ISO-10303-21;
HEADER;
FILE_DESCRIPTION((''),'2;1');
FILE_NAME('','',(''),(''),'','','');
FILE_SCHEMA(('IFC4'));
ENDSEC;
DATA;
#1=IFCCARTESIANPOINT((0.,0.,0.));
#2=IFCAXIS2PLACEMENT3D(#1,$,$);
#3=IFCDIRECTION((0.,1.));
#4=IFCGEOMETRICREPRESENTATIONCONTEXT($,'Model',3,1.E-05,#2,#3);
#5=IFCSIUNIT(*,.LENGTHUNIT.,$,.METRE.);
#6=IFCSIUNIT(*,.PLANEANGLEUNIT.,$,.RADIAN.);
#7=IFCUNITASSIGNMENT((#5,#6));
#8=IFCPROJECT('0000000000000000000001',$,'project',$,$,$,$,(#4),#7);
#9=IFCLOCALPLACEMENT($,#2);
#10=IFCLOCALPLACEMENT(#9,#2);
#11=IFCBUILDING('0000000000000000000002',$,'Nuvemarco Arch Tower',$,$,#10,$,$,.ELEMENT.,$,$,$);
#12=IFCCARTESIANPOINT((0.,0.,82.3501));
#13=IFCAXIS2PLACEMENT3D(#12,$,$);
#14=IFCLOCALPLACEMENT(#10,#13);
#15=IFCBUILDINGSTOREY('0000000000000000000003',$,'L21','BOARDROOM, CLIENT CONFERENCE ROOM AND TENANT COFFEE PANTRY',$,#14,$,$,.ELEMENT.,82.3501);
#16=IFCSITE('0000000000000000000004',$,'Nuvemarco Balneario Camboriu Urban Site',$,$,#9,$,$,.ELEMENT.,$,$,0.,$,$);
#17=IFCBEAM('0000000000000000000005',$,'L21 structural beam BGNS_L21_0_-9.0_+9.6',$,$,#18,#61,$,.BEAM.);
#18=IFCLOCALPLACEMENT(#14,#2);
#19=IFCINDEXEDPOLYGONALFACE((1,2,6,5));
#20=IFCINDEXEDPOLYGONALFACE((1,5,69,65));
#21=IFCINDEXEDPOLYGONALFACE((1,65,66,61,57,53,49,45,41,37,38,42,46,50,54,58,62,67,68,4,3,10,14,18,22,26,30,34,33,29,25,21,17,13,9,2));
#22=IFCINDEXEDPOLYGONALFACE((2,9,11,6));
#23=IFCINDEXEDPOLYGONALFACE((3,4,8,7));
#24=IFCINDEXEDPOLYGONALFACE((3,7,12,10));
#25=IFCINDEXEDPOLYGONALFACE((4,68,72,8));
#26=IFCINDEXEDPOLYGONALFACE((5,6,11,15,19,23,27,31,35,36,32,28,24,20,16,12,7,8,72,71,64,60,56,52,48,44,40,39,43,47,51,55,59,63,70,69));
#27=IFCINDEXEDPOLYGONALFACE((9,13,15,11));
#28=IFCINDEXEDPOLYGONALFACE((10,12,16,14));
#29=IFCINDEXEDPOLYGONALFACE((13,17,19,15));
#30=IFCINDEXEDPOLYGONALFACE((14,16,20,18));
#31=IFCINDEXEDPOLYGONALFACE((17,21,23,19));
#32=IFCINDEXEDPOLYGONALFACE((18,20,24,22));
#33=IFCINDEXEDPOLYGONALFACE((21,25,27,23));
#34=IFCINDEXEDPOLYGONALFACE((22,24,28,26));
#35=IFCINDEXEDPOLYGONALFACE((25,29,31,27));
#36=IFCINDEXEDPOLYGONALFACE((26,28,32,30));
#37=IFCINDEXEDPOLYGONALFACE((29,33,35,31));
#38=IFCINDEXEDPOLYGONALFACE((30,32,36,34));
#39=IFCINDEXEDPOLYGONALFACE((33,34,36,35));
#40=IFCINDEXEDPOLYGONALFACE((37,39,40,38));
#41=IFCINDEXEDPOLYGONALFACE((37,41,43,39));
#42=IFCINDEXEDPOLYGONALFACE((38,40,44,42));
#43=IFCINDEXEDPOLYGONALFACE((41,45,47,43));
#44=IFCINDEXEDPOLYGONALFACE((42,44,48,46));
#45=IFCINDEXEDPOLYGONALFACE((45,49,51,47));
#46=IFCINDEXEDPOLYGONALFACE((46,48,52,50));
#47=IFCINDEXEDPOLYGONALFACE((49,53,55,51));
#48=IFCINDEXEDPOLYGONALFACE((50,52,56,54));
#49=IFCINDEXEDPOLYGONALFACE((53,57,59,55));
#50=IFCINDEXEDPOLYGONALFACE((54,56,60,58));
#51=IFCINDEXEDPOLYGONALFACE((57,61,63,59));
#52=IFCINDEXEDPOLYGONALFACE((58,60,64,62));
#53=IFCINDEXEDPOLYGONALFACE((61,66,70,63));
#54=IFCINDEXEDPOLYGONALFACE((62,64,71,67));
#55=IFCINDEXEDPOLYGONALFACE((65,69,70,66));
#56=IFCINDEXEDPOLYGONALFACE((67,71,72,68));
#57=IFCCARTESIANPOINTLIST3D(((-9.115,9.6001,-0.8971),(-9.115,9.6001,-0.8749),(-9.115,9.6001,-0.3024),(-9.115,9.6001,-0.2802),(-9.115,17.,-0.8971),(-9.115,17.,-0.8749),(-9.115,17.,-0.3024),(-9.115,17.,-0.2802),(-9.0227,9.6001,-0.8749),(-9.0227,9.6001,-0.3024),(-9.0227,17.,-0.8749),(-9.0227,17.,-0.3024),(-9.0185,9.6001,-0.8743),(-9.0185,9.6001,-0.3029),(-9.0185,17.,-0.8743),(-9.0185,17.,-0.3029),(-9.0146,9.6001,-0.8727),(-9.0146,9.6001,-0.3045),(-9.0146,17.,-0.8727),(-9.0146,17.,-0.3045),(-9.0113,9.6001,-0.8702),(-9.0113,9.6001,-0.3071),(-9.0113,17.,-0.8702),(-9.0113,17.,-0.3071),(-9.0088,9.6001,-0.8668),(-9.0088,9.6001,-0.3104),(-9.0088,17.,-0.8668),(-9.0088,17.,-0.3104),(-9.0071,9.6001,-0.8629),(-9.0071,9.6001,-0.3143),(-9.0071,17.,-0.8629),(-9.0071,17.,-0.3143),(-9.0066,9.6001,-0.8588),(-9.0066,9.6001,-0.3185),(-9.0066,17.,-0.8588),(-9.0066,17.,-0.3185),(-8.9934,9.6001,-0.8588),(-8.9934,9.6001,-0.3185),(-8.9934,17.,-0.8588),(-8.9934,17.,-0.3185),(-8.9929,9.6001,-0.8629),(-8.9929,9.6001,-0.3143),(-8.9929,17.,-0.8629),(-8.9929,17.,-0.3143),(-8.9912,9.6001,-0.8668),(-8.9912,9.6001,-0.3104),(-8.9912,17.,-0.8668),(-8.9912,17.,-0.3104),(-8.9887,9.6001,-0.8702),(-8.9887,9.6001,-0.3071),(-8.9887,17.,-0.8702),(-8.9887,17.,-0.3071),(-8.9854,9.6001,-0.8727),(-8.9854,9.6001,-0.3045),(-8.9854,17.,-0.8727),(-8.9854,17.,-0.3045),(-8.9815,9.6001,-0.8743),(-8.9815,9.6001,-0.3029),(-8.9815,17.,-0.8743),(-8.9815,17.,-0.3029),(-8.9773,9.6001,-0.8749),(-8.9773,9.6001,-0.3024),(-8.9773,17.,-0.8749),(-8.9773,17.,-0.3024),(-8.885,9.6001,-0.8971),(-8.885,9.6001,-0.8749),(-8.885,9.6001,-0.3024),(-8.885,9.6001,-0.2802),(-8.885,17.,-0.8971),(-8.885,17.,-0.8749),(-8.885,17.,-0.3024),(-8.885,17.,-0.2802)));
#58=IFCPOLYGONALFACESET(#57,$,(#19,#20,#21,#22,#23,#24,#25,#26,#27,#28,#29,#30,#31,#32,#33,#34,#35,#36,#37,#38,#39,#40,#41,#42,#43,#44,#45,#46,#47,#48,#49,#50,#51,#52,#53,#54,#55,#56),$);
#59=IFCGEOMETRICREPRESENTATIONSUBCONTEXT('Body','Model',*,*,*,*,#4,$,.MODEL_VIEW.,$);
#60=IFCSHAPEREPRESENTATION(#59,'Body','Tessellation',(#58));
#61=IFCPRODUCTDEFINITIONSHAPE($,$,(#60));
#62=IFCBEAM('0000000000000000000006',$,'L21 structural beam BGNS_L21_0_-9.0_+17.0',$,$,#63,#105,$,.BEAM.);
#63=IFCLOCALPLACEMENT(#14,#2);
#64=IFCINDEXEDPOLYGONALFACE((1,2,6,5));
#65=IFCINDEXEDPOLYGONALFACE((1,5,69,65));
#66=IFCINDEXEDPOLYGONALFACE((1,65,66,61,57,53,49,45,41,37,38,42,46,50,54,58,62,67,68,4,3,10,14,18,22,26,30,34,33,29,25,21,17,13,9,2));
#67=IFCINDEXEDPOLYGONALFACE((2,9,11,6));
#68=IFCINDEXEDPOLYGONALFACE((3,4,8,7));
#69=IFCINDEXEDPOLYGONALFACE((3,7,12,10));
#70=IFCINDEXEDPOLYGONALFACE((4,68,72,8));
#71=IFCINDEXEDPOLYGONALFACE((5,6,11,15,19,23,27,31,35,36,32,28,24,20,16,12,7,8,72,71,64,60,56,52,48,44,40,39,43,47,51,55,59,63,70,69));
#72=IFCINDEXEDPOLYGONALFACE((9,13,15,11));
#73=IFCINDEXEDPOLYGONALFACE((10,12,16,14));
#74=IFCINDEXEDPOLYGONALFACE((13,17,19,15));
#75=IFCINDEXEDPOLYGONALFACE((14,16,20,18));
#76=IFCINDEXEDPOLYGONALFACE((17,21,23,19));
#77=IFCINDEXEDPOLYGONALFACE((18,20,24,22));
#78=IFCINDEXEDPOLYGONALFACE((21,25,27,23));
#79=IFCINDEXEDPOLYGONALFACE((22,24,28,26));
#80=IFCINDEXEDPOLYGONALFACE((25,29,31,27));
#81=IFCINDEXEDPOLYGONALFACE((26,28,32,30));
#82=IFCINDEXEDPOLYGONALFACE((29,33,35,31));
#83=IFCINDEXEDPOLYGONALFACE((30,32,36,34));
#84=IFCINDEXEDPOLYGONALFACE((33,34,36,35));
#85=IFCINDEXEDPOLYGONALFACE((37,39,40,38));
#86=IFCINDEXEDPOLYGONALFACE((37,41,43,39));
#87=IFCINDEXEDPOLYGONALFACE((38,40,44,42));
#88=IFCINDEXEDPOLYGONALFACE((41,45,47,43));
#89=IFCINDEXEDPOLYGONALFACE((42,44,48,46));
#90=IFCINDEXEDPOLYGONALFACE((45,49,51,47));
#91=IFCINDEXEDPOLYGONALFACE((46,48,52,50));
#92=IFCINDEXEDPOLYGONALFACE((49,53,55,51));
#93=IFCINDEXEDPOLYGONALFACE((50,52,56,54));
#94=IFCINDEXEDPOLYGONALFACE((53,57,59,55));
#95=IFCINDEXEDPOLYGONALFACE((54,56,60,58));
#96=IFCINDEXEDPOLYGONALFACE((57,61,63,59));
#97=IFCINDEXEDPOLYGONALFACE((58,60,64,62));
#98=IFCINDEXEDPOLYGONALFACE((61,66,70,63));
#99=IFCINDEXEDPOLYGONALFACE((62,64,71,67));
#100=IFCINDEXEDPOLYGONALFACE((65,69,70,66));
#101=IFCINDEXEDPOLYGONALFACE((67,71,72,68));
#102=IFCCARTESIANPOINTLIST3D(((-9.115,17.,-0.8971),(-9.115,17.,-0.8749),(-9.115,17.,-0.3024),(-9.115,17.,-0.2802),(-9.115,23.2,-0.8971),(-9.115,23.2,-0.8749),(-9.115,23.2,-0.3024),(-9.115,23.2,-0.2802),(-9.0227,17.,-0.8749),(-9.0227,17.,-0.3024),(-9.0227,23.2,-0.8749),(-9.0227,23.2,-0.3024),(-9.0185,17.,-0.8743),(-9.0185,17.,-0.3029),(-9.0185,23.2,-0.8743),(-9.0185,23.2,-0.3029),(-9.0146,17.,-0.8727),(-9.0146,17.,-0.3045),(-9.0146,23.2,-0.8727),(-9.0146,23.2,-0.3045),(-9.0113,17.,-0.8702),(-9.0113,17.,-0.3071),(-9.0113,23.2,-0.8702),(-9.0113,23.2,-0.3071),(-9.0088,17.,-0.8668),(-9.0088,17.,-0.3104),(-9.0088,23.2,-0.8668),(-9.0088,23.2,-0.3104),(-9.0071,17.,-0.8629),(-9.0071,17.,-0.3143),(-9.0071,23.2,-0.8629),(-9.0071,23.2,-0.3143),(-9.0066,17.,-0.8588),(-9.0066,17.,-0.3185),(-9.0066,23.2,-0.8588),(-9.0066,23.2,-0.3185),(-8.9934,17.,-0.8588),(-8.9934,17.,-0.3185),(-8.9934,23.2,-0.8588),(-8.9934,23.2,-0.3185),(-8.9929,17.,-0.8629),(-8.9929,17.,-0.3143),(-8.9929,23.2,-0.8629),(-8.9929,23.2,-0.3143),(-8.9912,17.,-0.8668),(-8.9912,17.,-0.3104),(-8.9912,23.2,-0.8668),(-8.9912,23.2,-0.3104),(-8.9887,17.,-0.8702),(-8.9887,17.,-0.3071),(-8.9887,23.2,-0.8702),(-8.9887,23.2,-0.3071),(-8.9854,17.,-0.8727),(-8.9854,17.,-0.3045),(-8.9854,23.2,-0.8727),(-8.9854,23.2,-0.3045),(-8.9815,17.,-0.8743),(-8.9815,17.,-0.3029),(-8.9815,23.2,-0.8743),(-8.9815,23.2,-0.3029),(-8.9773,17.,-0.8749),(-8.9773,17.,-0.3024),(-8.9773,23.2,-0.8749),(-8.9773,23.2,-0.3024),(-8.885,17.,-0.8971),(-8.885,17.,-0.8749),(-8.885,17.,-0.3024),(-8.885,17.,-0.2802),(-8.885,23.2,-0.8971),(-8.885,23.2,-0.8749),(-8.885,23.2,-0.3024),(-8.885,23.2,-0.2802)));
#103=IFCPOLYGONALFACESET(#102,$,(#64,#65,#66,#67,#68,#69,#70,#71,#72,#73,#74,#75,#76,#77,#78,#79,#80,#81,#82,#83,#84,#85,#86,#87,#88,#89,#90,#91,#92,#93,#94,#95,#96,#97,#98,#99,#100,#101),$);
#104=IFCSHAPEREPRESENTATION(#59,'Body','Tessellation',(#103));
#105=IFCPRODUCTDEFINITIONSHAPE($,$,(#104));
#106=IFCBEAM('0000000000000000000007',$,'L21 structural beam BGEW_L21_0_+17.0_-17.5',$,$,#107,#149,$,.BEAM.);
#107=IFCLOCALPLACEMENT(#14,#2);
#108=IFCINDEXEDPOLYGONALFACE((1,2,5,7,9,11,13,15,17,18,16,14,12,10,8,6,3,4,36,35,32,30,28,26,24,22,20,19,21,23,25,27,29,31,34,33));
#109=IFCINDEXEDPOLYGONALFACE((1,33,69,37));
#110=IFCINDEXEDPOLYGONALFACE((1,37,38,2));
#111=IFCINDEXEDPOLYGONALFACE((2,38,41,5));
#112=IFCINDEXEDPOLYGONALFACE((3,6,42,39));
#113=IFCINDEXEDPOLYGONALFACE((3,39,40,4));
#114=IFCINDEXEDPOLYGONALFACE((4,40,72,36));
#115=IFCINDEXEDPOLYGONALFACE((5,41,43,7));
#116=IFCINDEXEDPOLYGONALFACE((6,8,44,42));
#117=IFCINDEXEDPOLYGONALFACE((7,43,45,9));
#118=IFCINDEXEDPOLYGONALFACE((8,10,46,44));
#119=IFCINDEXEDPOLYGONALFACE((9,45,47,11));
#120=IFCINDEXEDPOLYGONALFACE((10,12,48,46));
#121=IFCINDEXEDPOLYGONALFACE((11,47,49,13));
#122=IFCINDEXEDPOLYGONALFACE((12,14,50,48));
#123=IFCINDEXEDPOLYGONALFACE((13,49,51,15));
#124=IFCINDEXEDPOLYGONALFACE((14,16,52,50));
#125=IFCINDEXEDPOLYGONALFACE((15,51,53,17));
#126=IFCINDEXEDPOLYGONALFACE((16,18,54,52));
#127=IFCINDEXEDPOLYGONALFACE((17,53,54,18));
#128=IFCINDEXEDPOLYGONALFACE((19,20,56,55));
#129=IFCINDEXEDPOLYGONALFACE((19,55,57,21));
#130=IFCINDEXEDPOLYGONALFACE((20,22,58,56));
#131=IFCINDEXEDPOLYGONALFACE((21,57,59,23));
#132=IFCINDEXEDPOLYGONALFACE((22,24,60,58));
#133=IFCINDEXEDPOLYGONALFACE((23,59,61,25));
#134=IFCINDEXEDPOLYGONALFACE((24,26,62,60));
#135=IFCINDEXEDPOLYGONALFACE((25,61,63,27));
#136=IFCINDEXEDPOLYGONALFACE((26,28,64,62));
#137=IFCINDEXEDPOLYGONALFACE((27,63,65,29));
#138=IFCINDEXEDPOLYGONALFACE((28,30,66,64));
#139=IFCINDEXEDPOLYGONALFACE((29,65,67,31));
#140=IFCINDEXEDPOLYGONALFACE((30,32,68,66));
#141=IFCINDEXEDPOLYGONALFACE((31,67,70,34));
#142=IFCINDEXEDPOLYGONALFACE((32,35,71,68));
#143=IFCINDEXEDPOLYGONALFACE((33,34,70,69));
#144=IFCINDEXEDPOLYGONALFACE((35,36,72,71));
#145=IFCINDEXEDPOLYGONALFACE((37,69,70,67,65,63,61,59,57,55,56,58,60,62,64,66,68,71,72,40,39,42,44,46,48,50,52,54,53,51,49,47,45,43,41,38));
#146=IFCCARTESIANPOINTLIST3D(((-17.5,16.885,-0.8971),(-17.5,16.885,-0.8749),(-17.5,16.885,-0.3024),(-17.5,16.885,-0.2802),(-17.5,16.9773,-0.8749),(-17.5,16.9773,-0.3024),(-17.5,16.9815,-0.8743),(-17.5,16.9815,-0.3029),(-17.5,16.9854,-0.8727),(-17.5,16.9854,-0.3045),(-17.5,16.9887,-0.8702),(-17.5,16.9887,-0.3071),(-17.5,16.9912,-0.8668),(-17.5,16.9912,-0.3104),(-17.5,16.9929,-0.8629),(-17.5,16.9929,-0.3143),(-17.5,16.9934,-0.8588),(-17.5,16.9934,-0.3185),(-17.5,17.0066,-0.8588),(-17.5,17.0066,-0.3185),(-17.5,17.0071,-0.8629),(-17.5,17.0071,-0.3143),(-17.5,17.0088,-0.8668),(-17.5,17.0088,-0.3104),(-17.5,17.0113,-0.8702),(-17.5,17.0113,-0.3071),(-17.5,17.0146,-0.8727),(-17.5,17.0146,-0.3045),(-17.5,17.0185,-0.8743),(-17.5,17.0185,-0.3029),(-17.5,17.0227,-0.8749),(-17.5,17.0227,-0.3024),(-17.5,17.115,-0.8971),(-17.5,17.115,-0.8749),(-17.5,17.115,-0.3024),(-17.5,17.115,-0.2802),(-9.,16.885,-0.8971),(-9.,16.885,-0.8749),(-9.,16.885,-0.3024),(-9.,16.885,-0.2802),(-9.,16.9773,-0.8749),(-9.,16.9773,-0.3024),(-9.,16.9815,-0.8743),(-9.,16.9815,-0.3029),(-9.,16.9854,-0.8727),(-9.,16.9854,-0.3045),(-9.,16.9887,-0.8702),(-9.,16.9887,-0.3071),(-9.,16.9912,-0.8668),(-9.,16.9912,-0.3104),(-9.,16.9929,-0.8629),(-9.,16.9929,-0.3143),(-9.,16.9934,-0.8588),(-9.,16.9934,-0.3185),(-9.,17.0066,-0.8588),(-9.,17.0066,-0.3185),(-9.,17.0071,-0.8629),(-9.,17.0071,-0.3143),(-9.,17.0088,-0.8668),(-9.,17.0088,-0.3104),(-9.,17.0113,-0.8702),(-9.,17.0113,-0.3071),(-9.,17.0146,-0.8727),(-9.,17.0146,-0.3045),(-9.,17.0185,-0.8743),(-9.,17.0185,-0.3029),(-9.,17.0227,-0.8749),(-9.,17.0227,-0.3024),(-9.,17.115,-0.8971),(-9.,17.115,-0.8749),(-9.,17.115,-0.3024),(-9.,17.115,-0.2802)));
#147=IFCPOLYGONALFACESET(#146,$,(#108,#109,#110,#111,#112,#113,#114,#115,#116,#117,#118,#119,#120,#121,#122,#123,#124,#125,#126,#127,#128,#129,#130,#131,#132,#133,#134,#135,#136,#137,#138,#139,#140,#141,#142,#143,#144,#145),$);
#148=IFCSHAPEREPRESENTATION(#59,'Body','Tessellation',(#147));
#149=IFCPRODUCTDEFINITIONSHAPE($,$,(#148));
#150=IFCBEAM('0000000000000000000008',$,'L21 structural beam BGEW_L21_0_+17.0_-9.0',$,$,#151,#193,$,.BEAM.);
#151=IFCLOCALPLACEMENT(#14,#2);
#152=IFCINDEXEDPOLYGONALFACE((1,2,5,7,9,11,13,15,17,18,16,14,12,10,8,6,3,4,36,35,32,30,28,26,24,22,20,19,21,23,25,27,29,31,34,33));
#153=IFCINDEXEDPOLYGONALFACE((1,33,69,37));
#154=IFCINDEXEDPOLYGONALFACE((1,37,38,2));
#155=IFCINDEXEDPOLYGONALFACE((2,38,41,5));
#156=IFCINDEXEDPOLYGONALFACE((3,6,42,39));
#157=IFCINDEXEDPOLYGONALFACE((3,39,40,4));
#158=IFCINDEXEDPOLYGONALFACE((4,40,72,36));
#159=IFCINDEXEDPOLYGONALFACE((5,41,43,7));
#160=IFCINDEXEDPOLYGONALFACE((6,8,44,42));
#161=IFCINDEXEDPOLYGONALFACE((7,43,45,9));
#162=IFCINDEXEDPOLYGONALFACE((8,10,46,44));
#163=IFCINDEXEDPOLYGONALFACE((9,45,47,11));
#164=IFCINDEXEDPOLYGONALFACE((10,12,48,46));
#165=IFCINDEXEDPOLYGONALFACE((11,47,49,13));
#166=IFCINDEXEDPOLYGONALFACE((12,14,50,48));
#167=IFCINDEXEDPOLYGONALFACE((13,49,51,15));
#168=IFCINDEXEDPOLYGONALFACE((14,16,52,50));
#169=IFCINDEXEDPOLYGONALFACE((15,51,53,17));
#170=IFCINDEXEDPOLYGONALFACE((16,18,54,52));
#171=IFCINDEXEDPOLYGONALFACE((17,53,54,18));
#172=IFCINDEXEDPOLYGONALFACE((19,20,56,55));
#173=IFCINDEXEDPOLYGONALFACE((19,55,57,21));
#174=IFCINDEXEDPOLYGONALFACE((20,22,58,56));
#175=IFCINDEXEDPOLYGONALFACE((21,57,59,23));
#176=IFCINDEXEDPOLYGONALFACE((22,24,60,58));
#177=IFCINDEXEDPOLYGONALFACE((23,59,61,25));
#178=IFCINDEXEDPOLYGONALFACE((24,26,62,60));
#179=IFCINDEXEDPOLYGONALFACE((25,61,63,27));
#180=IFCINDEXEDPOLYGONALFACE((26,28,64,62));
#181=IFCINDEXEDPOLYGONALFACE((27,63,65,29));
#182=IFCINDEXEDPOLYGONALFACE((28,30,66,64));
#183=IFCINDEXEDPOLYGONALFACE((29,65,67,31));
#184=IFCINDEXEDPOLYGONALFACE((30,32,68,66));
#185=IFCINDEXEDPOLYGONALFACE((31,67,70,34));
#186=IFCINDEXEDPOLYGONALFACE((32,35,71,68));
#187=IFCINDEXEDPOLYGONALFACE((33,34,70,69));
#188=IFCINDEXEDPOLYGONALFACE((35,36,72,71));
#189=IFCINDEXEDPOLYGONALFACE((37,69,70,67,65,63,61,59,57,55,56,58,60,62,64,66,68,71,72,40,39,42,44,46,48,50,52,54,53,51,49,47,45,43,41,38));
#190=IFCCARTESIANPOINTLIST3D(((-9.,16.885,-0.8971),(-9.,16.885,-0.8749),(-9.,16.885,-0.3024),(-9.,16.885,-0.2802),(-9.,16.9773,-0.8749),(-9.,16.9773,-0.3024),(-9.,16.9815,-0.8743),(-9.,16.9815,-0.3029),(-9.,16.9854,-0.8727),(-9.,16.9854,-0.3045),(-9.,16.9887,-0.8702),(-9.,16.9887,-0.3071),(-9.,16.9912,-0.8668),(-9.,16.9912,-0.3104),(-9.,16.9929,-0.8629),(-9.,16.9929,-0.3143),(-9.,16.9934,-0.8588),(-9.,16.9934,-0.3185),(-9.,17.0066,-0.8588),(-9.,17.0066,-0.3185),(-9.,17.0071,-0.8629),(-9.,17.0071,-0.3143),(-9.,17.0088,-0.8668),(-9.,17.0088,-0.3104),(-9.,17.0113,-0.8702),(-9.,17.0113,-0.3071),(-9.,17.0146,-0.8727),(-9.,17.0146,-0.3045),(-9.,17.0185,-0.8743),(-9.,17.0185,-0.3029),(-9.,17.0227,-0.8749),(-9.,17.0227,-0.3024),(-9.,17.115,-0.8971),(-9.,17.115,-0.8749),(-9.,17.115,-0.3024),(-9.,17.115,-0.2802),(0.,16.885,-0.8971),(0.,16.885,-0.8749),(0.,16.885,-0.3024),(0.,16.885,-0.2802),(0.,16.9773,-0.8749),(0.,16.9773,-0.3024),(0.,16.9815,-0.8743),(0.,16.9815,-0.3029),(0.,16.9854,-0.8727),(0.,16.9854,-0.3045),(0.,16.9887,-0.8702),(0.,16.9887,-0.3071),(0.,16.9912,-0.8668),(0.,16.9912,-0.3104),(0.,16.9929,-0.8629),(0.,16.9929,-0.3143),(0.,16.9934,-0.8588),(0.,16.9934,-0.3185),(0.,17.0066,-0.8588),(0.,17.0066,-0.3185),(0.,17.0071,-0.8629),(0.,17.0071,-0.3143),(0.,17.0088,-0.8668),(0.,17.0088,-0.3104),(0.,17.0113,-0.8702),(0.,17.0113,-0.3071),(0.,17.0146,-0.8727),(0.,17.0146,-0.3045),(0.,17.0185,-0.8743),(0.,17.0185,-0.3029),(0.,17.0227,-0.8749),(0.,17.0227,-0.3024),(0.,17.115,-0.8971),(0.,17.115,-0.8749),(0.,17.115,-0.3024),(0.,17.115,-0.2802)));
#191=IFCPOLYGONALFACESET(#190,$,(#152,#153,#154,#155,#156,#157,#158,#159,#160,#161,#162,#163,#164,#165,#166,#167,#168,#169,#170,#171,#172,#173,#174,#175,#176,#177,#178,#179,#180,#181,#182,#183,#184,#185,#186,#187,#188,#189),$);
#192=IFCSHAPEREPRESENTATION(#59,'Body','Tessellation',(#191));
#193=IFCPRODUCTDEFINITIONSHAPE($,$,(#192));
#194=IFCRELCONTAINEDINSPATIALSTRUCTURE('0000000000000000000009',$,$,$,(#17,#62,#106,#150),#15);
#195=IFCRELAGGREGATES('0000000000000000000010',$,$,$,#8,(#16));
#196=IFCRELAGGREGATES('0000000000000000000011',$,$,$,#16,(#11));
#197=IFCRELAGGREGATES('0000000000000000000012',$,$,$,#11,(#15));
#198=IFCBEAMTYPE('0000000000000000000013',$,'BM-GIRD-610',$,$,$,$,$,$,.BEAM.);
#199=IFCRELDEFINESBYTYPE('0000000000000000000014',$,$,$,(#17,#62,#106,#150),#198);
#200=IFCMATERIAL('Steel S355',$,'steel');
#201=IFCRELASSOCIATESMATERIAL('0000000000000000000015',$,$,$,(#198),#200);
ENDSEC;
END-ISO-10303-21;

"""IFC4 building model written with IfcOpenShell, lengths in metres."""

from ifc_helpers import new_model, si_unit, direction, frame, origin, origin_2d, place, context, subcontext, project, spatial, i_section, extrude, material, material_profile, profile_set, type_object, element, save


model = new_model("IFC4")

# Units and contexts
model_context = context("Model", 3, precision=1e-05, world=origin(), true_north=direction((0.0, 1.0)))
body_context = subcontext(model_context, "Body", "Model", "MODEL_VIEW")
ifc_project = project(units=[si_unit("LENGTHUNIT", "METRE"), si_unit("PLANEANGLEUNIT", "RADIAN")], contexts=[model_context])

# Site, building, storey
site_placement = place(None, origin())
site = spatial("IfcSite", under=ifc_project, at=site_placement, Name="Nuvemarco Balneario Camboriu Urban Site", CompositionType="ELEMENT", RefElevation=0.0)
building_placement = place(site_placement, origin())
building = spatial("IfcBuilding", under=site, at=building_placement, Name="Nuvemarco Arch Tower", CompositionType="ELEMENT")
storey_placement = place(building_placement, frame((0.0, 0.0, 82.3501)))
storey = spatial("IfcBuildingStorey", under=building, at=storey_placement, Name="L21", Description="BOARDROOM, CLIENT CONFERENCE ROOM AND TENANT COFFEE PANTRY", CompositionType="ELEMENT", Elevation=82.3501)

# Shared definitions
ifc_material_1 = material(Name="Steel S355", Category="steel")

# Beams
ifc_material_profile_1 = material_profile(ifc_material_1, i_section(OverallWidth=0.23, OverallDepth=0.6169, WebThickness=0.0132, FlangeThickness=0.0222, FilletRadius=0.0161, at=origin_2d()), Name="W610x140")
ifc_profile_set_1 = profile_set([ifc_material_profile_1], Name="Steel S355")
beam_type_1 = type_object("IfcBeamType", Name="BM-GIRD-610", PredefinedType="BEAM", material=ifc_profile_set_1)
beam_1_placement = place(storey_placement, frame((-9.0, 9.6001, -0.5886), z_axis=(0.0, 1.0, 0.0), x_axis=(-1.0, 0.0, 0.0)))
element("IfcBeam", 1, at=beam_1_placement, inside=storey, type_object=beam_type_1, Name="L21 structural beam BGNS_L21_0_-9.0_+9.6", PredefinedType="BEAM", context=body_context, shape_type="SweptSolid", body=[
    extrude(i_section(OverallWidth=0.23, OverallDepth=0.6169, WebThickness=0.0132, FlangeThickness=0.0222, FilletRadius=0.0161, at=origin_2d()), origin(), (0.0, 0.0, 1.0), 7.3999),
])
beam_2_placement = place(storey_placement, frame((-9.0, 17.0, -0.5886), z_axis=(0.0, 1.0, 0.0), x_axis=(-1.0, 0.0, 0.0)))
element("IfcBeam", 2, at=beam_2_placement, inside=storey, type_object=beam_type_1, Name="L21 structural beam BGNS_L21_0_-9.0_+17.0", PredefinedType="BEAM", context=body_context, shape_type="SweptSolid", body=[
    extrude(i_section(OverallWidth=0.23, OverallDepth=0.6169, WebThickness=0.0132, FlangeThickness=0.0222, FilletRadius=0.0161, at=origin_2d()), origin(), (0.0, 0.0, 1.0), 6.2),
])
beam_3_placement = place(storey_placement, frame((-17.5, 17.0, -0.5886), z_axis=(1.0, 0.0, 0.0), x_axis=(0.0, 1.0, 0.0)))
element("IfcBeam", 3, at=beam_3_placement, inside=storey, type_object=beam_type_1, Name="L21 structural beam BGEW_L21_0_+17.0_-17.5", PredefinedType="BEAM", context=body_context, shape_type="SweptSolid", body=[
    extrude(i_section(OverallWidth=0.23, OverallDepth=0.6169, WebThickness=0.0132, FlangeThickness=0.0222, FilletRadius=0.0161, at=origin_2d()), origin(), (0.0, 0.0, 1.0), 8.5),
])
beam_4_placement = place(storey_placement, frame((-9.0, 17.0, -0.5886), z_axis=(1.0, 0.0, 0.0), x_axis=(0.0, 1.0, 0.0)))
element("IfcBeam", 4, at=beam_4_placement, inside=storey, type_object=beam_type_1, Name="L21 structural beam BGEW_L21_0_+17.0_-9.0", PredefinedType="BEAM", context=body_context, shape_type="SweptSolid", body=[
    extrude(i_section(OverallWidth=0.23, OverallDepth=0.6169, WebThickness=0.0132, FlangeThickness=0.0222, FilletRadius=0.0161, at=origin_2d()), origin(), (0.0, 0.0, 1.0), 9.0),
])

save(model, "model.ifc")
